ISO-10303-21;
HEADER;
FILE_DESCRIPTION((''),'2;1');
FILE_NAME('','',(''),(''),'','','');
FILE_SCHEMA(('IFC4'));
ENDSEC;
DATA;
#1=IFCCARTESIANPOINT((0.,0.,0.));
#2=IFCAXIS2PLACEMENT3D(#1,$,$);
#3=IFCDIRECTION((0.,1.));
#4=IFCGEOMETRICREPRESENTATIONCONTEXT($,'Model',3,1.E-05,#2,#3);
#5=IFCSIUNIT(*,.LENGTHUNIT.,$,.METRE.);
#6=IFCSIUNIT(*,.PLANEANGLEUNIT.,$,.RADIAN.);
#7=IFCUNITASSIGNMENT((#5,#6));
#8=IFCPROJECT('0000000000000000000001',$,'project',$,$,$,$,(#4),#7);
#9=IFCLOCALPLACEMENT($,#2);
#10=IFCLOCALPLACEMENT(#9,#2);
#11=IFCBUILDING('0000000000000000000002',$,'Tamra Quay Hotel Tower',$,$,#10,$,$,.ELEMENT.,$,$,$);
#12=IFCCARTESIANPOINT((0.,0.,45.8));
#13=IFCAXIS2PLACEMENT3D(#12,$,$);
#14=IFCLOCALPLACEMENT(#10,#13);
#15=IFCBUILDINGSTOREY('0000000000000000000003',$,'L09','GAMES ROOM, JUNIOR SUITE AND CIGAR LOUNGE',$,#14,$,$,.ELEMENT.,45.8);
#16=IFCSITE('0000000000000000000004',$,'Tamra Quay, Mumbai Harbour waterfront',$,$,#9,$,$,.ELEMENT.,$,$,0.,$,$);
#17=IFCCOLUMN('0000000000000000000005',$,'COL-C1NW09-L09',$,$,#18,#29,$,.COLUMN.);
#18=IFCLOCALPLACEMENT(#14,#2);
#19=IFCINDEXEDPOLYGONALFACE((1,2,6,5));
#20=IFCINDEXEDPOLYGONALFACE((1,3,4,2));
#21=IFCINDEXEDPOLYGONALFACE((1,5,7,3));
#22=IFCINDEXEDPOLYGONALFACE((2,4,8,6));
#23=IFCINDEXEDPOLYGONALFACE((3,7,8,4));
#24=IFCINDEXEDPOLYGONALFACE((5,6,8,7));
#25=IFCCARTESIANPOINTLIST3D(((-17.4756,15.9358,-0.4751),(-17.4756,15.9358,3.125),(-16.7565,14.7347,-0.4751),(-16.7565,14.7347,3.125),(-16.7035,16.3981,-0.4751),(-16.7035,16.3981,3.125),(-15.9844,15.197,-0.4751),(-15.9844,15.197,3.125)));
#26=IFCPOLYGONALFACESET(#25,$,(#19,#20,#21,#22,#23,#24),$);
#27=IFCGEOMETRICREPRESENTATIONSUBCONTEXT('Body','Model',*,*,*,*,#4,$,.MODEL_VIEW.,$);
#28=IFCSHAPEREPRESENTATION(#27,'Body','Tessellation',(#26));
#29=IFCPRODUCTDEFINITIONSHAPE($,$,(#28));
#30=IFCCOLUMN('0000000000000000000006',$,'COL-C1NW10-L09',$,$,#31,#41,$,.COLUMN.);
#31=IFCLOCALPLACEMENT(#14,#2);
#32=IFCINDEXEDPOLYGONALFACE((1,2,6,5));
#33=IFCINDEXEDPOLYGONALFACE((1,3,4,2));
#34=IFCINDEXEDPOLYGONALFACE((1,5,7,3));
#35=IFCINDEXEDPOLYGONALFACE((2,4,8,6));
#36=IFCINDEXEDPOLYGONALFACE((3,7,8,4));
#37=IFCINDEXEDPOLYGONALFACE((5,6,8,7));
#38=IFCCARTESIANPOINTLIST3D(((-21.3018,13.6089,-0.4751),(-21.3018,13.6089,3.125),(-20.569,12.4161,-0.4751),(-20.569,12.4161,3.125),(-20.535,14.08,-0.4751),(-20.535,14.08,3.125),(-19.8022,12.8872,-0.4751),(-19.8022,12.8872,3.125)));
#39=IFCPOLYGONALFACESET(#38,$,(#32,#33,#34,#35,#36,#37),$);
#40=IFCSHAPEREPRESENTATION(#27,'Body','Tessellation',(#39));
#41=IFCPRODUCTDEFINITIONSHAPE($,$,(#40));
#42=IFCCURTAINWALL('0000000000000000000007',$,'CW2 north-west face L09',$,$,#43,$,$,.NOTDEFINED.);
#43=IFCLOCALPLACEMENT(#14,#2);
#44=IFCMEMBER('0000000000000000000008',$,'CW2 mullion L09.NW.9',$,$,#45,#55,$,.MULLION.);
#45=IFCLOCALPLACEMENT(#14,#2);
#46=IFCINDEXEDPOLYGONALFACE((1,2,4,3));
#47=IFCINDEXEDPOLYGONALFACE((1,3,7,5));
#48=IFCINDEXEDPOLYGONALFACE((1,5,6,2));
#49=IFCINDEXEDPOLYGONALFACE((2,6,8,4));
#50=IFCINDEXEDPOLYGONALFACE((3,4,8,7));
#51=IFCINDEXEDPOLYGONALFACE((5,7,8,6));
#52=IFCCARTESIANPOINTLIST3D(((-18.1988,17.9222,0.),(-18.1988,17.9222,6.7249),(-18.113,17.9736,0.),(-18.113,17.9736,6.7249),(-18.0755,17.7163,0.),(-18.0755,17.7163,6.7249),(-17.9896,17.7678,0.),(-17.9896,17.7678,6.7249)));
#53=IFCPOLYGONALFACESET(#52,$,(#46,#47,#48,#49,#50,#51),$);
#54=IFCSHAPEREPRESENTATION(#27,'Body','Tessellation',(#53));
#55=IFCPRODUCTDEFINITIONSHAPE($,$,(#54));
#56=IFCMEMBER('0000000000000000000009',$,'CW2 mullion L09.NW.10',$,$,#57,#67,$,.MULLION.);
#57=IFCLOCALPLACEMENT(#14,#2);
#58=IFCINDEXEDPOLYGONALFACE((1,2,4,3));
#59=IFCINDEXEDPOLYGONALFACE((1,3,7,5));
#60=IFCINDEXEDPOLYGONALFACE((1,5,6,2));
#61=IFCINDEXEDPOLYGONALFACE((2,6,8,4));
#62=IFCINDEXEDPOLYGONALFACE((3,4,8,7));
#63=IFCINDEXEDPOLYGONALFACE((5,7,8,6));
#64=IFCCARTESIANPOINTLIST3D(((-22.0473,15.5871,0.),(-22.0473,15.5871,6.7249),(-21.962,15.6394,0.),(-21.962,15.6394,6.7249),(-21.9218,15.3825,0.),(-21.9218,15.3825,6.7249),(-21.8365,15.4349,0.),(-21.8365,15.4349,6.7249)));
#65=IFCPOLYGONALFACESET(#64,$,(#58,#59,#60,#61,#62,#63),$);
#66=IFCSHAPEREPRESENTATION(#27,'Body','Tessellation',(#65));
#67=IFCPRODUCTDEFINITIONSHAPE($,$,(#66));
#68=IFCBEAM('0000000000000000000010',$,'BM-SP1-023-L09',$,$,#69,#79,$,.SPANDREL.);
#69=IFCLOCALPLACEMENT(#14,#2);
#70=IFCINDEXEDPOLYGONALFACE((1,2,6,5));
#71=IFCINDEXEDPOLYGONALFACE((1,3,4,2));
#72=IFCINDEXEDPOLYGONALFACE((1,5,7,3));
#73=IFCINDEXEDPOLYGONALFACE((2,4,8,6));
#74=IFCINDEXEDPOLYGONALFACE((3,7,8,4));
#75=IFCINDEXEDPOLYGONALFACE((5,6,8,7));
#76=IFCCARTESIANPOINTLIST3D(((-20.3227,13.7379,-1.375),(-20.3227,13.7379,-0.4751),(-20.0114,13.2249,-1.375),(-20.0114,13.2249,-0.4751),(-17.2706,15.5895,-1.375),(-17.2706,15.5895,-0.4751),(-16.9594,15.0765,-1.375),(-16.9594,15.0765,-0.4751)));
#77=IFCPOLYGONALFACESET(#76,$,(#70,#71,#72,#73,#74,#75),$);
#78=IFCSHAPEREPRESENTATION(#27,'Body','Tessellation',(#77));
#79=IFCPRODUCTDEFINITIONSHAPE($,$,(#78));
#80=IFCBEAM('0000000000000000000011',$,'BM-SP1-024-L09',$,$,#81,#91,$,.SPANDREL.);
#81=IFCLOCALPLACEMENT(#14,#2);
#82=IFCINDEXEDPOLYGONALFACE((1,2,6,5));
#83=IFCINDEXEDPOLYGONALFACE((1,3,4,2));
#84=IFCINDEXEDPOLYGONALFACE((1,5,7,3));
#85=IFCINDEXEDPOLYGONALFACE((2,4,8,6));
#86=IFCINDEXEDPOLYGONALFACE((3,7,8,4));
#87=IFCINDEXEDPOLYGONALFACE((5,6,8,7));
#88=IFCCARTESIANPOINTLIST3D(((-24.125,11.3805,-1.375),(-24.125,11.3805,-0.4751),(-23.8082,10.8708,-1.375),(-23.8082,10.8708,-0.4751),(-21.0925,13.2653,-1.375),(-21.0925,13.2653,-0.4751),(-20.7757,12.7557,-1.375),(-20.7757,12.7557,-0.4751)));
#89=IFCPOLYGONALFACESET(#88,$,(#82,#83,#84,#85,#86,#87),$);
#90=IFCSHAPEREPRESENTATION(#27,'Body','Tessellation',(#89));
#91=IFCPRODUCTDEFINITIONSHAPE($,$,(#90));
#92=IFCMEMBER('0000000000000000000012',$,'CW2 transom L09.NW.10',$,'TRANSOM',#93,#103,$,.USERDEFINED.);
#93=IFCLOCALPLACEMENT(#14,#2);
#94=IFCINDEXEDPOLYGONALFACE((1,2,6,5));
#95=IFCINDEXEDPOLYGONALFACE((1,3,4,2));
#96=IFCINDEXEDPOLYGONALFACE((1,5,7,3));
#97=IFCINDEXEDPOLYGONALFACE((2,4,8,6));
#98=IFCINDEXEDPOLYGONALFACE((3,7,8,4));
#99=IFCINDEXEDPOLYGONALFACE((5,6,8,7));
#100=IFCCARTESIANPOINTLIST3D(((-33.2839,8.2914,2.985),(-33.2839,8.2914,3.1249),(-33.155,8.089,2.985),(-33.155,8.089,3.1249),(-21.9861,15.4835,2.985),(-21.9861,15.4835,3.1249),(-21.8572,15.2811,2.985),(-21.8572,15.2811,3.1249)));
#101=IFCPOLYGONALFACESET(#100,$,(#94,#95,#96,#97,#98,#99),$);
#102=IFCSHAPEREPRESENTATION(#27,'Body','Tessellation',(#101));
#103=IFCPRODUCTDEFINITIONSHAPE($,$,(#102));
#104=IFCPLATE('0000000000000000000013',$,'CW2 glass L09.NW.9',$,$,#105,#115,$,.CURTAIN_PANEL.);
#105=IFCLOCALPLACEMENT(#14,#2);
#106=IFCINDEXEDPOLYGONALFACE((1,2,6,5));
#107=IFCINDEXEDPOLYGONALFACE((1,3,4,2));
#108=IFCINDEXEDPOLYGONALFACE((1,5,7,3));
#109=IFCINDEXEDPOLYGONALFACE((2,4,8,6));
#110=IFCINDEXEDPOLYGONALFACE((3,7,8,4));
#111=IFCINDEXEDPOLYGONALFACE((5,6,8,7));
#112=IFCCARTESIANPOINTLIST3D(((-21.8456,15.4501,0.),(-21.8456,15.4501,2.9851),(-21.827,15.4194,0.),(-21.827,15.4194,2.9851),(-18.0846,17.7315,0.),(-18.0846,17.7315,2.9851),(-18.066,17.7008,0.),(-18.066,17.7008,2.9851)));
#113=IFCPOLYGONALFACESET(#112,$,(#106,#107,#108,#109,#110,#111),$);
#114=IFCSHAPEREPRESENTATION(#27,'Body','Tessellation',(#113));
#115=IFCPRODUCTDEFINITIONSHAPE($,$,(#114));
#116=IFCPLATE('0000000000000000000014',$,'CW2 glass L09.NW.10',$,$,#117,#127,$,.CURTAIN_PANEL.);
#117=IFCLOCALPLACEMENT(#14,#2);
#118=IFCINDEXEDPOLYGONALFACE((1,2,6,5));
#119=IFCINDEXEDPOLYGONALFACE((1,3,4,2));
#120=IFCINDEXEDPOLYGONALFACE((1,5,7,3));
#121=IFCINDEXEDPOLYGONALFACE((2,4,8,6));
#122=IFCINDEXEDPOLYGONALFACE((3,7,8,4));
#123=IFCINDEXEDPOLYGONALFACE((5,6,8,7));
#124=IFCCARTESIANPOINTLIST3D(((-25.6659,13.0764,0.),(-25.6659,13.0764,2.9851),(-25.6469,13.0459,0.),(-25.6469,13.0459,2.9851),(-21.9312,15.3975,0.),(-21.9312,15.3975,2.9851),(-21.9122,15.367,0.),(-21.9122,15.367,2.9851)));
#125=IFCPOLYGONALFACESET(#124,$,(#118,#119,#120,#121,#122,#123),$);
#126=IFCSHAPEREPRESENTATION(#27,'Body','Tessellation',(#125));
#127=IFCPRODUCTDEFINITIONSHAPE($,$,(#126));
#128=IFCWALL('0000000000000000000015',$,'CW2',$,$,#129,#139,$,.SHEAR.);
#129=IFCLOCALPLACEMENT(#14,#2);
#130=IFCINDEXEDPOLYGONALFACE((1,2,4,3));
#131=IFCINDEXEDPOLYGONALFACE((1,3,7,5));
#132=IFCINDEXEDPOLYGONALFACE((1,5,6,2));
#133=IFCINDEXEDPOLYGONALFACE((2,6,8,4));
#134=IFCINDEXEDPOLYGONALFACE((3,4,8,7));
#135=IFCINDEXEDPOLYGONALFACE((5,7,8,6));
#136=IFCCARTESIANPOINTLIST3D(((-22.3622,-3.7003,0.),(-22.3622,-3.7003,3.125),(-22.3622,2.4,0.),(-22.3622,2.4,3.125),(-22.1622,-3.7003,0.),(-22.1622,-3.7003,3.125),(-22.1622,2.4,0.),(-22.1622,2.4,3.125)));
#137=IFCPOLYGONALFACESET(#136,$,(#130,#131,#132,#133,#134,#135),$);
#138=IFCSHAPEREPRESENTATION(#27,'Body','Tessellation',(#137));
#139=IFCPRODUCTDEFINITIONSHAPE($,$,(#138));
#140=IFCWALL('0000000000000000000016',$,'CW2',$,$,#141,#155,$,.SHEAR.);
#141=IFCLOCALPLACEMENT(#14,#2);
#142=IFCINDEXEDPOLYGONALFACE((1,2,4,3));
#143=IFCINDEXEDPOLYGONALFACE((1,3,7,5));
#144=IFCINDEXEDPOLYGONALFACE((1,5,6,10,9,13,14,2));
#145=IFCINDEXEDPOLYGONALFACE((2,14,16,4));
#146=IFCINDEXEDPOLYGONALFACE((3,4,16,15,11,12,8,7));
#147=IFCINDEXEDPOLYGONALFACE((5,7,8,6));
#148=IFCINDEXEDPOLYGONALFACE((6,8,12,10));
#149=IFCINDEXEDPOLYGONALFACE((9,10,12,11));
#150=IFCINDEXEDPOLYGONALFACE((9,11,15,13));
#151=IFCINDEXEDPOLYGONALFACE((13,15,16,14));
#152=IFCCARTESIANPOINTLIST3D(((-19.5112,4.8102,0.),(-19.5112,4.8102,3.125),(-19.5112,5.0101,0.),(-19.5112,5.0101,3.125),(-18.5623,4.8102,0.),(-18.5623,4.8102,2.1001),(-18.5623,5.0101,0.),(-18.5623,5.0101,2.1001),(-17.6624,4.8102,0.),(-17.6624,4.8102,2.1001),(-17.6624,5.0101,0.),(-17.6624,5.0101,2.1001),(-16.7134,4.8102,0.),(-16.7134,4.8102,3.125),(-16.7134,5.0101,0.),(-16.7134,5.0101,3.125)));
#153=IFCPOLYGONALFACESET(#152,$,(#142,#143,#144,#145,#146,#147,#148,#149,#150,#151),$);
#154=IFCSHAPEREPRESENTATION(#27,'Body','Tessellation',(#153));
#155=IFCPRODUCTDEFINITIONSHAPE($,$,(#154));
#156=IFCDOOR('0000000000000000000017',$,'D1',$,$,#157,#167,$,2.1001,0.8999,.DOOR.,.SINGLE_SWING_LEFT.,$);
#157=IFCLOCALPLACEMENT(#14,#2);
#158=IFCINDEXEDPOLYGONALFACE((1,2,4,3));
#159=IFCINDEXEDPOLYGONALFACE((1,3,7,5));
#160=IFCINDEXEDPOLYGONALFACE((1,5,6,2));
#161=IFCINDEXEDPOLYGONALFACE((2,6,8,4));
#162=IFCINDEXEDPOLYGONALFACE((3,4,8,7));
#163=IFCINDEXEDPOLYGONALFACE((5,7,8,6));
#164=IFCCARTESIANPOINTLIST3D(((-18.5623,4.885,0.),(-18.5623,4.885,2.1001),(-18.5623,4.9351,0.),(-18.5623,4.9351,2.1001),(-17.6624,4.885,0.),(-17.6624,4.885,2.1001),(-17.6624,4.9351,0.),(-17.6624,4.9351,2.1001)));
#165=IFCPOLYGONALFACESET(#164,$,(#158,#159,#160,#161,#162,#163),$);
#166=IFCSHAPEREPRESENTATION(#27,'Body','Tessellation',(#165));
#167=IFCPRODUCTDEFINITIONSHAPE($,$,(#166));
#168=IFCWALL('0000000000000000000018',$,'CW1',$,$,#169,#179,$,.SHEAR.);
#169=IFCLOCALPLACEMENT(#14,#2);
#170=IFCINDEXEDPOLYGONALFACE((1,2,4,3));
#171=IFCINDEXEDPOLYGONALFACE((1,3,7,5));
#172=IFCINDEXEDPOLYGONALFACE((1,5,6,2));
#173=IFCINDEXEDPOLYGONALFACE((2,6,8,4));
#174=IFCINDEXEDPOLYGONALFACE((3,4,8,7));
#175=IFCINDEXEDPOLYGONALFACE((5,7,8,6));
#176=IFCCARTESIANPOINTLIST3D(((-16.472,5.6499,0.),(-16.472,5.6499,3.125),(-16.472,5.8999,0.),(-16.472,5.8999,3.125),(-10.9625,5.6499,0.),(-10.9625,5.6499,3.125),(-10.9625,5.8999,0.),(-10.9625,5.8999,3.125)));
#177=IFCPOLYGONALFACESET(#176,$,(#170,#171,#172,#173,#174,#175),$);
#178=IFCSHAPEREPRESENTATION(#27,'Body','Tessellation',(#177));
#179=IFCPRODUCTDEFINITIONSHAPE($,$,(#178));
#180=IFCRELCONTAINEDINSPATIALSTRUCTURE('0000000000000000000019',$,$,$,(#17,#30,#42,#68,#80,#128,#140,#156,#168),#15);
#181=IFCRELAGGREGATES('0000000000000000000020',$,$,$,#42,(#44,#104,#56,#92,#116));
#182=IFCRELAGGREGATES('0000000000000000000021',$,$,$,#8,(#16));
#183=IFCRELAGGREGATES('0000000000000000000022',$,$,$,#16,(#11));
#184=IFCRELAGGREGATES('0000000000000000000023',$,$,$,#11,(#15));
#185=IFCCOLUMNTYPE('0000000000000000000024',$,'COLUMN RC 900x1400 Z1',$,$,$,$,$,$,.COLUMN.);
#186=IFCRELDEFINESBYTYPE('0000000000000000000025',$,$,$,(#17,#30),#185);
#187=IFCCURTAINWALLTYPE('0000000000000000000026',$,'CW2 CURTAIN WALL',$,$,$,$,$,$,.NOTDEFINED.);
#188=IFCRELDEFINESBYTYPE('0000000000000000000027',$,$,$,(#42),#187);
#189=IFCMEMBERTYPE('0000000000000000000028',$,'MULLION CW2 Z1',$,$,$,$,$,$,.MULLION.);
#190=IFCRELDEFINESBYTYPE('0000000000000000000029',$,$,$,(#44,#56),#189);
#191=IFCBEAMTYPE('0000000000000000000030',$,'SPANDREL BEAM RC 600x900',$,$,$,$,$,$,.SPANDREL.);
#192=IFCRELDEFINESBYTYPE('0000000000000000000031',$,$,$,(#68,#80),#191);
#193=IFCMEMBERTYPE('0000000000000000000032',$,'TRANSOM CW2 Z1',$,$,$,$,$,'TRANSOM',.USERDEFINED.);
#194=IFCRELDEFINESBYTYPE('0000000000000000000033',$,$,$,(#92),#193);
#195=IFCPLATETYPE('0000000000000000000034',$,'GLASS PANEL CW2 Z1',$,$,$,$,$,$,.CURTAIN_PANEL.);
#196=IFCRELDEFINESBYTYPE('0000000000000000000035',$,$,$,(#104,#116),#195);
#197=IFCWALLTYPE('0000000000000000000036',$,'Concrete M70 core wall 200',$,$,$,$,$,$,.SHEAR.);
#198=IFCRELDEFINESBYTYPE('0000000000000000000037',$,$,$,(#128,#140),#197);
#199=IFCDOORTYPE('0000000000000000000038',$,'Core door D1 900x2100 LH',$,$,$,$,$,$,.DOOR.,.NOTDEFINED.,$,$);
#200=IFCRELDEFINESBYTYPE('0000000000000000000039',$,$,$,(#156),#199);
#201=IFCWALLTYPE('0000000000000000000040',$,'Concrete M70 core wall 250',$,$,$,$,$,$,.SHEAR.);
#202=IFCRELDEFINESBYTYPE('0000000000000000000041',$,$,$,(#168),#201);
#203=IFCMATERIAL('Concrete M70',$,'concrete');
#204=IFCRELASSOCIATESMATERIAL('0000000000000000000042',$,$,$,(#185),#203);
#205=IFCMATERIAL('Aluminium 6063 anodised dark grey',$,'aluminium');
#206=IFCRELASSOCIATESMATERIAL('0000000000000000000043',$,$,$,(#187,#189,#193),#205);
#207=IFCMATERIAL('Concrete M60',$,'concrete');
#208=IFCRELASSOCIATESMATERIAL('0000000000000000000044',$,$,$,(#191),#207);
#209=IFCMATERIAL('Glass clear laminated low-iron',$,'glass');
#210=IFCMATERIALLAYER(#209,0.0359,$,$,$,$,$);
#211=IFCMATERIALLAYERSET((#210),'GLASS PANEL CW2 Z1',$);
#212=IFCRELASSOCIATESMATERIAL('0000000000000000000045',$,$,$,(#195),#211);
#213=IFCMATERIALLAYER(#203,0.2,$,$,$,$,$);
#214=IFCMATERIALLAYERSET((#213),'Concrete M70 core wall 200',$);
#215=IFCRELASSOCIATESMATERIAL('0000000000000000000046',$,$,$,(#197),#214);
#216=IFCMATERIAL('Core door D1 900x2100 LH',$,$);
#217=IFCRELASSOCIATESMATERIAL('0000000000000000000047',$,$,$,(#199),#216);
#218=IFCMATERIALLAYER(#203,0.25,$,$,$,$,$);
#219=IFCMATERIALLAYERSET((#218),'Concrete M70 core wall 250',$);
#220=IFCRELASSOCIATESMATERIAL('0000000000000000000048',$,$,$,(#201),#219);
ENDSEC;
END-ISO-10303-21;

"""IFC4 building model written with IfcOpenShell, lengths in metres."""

from ifc_helpers import new_model, si_unit, direction, frame, frame_2d, origin, origin_2d, place, context, subcontext, project, spatial, rectangle, extrude, material, layer, layer_set, material_profile, profile_set, type_object, element, fill, aggregate, save


model = new_model("IFC4")

# Units and contexts
model_context = context("Model", 3, precision=1e-05, world=origin(), true_north=direction((0.0, 1.0)))
body_context = subcontext(model_context, "Body", "Model", "MODEL_VIEW")
ifc_project = project(units=[si_unit("LENGTHUNIT", "METRE"), si_unit("PLANEANGLEUNIT", "RADIAN")], contexts=[model_context])

# Site, building, storey
site_placement = place(None, origin())
site = spatial("IfcSite", under=ifc_project, at=site_placement, Name="Tamra Quay, Mumbai Harbour waterfront", CompositionType="ELEMENT", RefElevation=0.0)
building_placement = place(site_placement, origin())
building = spatial("IfcBuilding", under=site, at=building_placement, Name="Tamra Quay Hotel Tower", CompositionType="ELEMENT")
storey_placement = place(building_placement, frame((0.0, 0.0, 45.8)))
storey = spatial("IfcBuildingStorey", under=building, at=storey_placement, Name="L09", Description="GAMES ROOM, JUNIOR SUITE AND CIGAR LOUNGE", CompositionType="ELEMENT", Elevation=45.8)

# Columns
ifc_material_1 = material(Name="Concrete M70", Category="concrete")
ifc_material_profile_1 = material_profile(ifc_material_1, rectangle(XDim=1.3999, YDim=0.8999, at=origin_2d()), Name="COLUMN RC 900x1400 Z1")
ifc_profile_set_1 = profile_set([ifc_material_profile_1], Name="Concrete M70")
column_type = type_object("IfcColumnType", Name="COLUMN RC 900x1400 Z1", PredefinedType="COLUMN", material=ifc_profile_set_1)
for number, where, z_axis, x_axis, name in (
    (1, (-16.73, 15.5664, -0.4751), (0.0, 0.0, 1.0), (-0.513654, 0.857998, 0.0), "COL-C1NW09-L09"),
    (2, (-20.552, 13.248, -0.4751), (0.0, 0.0, 1.0), (-0.52343, 0.852069, 0.0), "COL-C1NW10-L09"),
):
    element("IfcColumn", number, at=place(storey_placement, frame(where, z_axis=z_axis, x_axis=x_axis)), inside=storey, type_object=column_type, Name=name, PredefinedType="COLUMN", context=body_context, shape_type="SweptSolid", body=[
        extrude(rectangle(XDim=1.3999, YDim=0.8999, at=origin_2d()), origin(), (0.0, 0.0, 1.0), 3.6001),
    ])

# Curtain wall, members
ifc_material_2 = material(Name="Aluminium 6063 anodised dark grey", Category="aluminium")
curtain_wall_type = type_object("IfcCurtainWallType", Name="CW2 CURTAIN WALL", PredefinedType="NOTDEFINED", material=ifc_material_2)
curtain_wall_placement = place(storey_placement, origin())
curtain_wall = element("IfcCurtainWall", 3, at=curtain_wall_placement, inside=storey, type_object=curtain_wall_type, Name="CW2 north-west face L09", PredefinedType="NOTDEFINED")
ifc_material_profile_2 = material_profile(ifc_material_2, rectangle(XDim=0.24, YDim=0.1001, at=origin_2d()), Name="MULLION 100X240")
ifc_profile_set_2 = profile_set([ifc_material_profile_2], Name="Aluminium 6063 anodised dark grey")
member_type_1 = type_object("IfcMemberType", Name="MULLION CW2 Z1", PredefinedType="MULLION", material=ifc_profile_set_2)
member_1_placement = place(storey_placement, frame((-18.0942, 17.845, 0.0), z_axis=(0.0, 0.0, 1.0), x_axis=(-0.514004, 0.857788, 0.0)))
member_1 = element("IfcMember", 4, at=member_1_placement, type_object=member_type_1, Name="CW2 mullion L09.NW.9", PredefinedType="MULLION", context=body_context, shape_type="SweptSolid", body=[
    extrude(rectangle(XDim=0.24, YDim=0.1001, at=origin_2d()), origin(), (0.0, 0.0, 1.0), 6.7249),
])
member_2_placement = place(storey_placement, frame((-21.9419, 15.511, 0.0), z_axis=(0.0, 0.0, 1.0), x_axis=(-0.523257, 0.852175, 0.0)))
member_2 = element("IfcMember", 5, at=member_2_placement, type_object=member_type_1, Name="CW2 mullion L09.NW.10", PredefinedType="MULLION", context=body_context, shape_type="SweptSolid", body=[
    extrude(rectangle(XDim=0.24, YDim=0.1001, at=origin_2d()), origin(), (0.0, 0.0, 1.0), 6.7249),
])

# Beams
ifc_material_3 = material(Name="Concrete M60", Category="concrete")
ifc_material_profile_3 = material_profile(ifc_material_3, rectangle(XDim=0.6001, YDim=0.8999, at=origin_2d()), Name="SPANDREL BEAM RC 600x900")
ifc_profile_set_3 = profile_set([ifc_material_profile_3], Name="Concrete M60")
beam_type = type_object("IfcBeamType", Name="SPANDREL BEAM RC 600x900", PredefinedType="SPANDREL", material=ifc_profile_set_3)
beam_1_placement = place(storey_placement, frame((-17.115, 15.333, -0.925), z_axis=(-0.854966, -0.518684, 0.0), x_axis=(0.518684, -0.854966, 0.0)))
element("IfcBeam", 6, at=beam_1_placement, inside=storey, type_object=beam_type, Name="BM-SP1-023-L09", PredefinedType="SPANDREL", context=body_context, shape_type="SweptSolid", body=[
    extrude(rectangle(XDim=0.6001, YDim=0.8999, at=origin_2d()), origin(), (0.0, 0.0, 1.0), 3.5698),
])
beam_2_placement = place(storey_placement, frame((-20.9341, 13.0105, -0.925), z_axis=(-0.849321, -0.527877, 0.0), x_axis=(0.527877, -0.849321, 0.0)))
element("IfcBeam", 7, at=beam_2_placement, inside=storey, type_object=beam_type, Name="BM-SP1-024-L09", PredefinedType="SPANDREL", context=body_context, shape_type="SweptSolid", body=[
    extrude(rectangle(XDim=0.6001, YDim=0.8999, at=origin_2d()), origin(), (0.0, 0.0, 1.0), 3.5706),
])

# Member
ifc_material_profile_4 = material_profile(ifc_material_2, rectangle(XDim=0.24, YDim=0.1399, at=origin_2d()), Name="TRANSOM 240X140")
ifc_profile_set_4 = profile_set([ifc_material_profile_4], Name="Aluminium 6063 anodised dark grey")
member_type_2 = type_object("IfcMemberType", Name="TRANSOM CW2 Z1", ElementType="TRANSOM", PredefinedType="USERDEFINED", material=ifc_profile_set_4)
member_3_placement = place(storey_placement, frame((-21.9216, 15.3823, 3.0549), z_axis=(-0.843574, -0.537013, 0.0), x_axis=(0.537013, -0.843574, 0.0)))
member_3 = element("IfcMember", 8, at=member_3_placement, type_object=member_type_2, Name="CW2 transom L09.NW.10", ObjectType="TRANSOM", PredefinedType="USERDEFINED", context=body_context, shape_type="SweptSolid", body=[
    extrude(rectangle(XDim=0.24, YDim=0.1399, at=origin_2d()), origin(), (0.0, 0.0, 1.0), 13.3928),
])

# Plates
ifc_material_4 = material(Name="Glass clear laminated low-iron", Category="glass")
ifc_layer_1 = layer(ifc_material_4, 0.0359)
ifc_layer_set_1 = layer_set([ifc_layer_1], Name="GLASS PANEL CW2 Z1")
plate_type = type_object("IfcPlateType", Name="GLASS PANEL CW2 Z1", PredefinedType="CURTAIN_PANEL", material=ifc_layer_set_1)
plate_1_placement = place(storey_placement, frame((-19.9558, 16.5754, 0.0), z_axis=(0.0, 0.0, 1.0), x_axis=(-0.854994, -0.518639, 0.0)))
plate_1 = element("IfcPlate", 9, at=plate_1_placement, type_object=plate_type, Name="CW2 glass L09.NW.9", PredefinedType="CURTAIN_PANEL", context=body_context, shape_type="SweptSolid", body=[
    extrude(rectangle(XDim=4.3989, YDim=0.0359, at=origin_2d()), origin(), (0.0, 0.0, 1.0), 2.9851),
])
plate_2_placement = place(storey_placement, frame((-23.7891, 14.2217, 0.0), z_axis=(0.0, 0.0, 1.0), x_axis=(-0.849331, -0.52786, 0.0)))
plate_2 = element("IfcPlate", 10, at=plate_2_placement, type_object=plate_type, Name="CW2 glass L09.NW.10", PredefinedType="CURTAIN_PANEL", context=body_context, shape_type="SweptSolid", body=[
    extrude(rectangle(XDim=4.3972, YDim=0.0359, at=origin_2d()), origin(), (0.0, 0.0, 1.0), 2.9851),
])
aggregate(curtain_wall, [member_1, plate_1, member_2, member_3, plate_2])

# Wall
ifc_layer_2 = layer(ifc_material_1, 0.2)
ifc_layer_set_2 = layer_set([ifc_layer_2], Name="Concrete M70 core wall 200")
wall_type_1 = type_object("IfcWallType", Name="Concrete M70 core wall 200", PredefinedType="SHEAR", material=ifc_layer_set_2)
wall_1_placement = place(storey_placement, frame((-22.2622, 2.4001, 0.0), z_axis=(0.0, 0.0, 1.0), x_axis=(0.0, -1.0, 0.0)))
element("IfcWall", 11, at=wall_1_placement, inside=storey, type_object=wall_type_1, Name="CW2", PredefinedType="SHEAR", context=body_context, shape_type="SweptSolid", body=[
    extrude(rectangle(XDim=6.1003, YDim=0.2, at=frame_2d((3.0503, 0.0))), origin(), (0.0, 0.0, 1.0), 3.125),
])

# Wall, opening, door
wall_2_placement = place(storey_placement, frame((-19.5112, 4.9102, 0.0), z_axis=(0.0, 0.0, 1.0), x_axis=(1.0, 0.0, 0.0)))
wall_2 = element("IfcWall", 12, at=wall_2_placement, inside=storey, type_object=wall_type_1, Name="CW2", PredefinedType="SHEAR", context=body_context, shape_type="SweptSolid", body=[
    extrude(rectangle(XDim=2.7979, YDim=0.2, at=frame_2d((1.3989, 0.0))), origin(), (0.0, 0.0, 1.0), 3.125),
])
opening_1_placement = place(wall_2_placement, frame((0.949, 0.0, 0.0)))
opening_1 = element("IfcOpeningElement", 13, at=opening_1_placement, cuts=wall_2, PredefinedType="OPENING", context=body_context, shape_type="SweptSolid", body=[
    extrude(rectangle(XDim=0.8999, YDim=2.1001, at=frame_2d((0.45, 1.05))), frame((0.0, 0.1099, 0.0), z_axis=(0.0, -1.0, 0.0), x_axis=(1.0, 0.0, 0.0)), (0.0, 0.0, 1.0), 0.22),
])
ifc_material_5 = material(Name="Core door D1 900x2100 LH")
door_type_1 = type_object("IfcDoorType", Name="Core door D1 900x2100 LH", OperationType="NOTDEFINED", PredefinedType="DOOR", material=ifc_material_5)
door_1_placement = place(opening_1_placement, origin())
door_1 = element("IfcDoor", 14, at=door_1_placement, inside=storey, type_object=door_type_1, Name="D1", OperationType="SINGLE_SWING_LEFT", OverallHeight=2.1001, OverallWidth=0.8999, PredefinedType="DOOR", context=body_context, shape_type="SweptSolid", body=[
    extrude(rectangle(XDim=0.8999, YDim=2.1001, at=frame_2d((0.45, 1.05))), frame((0.0, 0.0249, 0.0), z_axis=(0.0, -1.0, 0.0), x_axis=(1.0, 0.0, 0.0)), (0.0, 0.0, 1.0), 0.05),
])
fill(opening_1, door_1)

# Wall
ifc_layer_3 = layer(ifc_material_1, 0.25)
ifc_layer_set_3 = layer_set([ifc_layer_3], Name="Concrete M70 core wall 250")
wall_type_2 = type_object("IfcWallType", Name="Concrete M70 core wall 250", PredefinedType="SHEAR", material=ifc_layer_set_3)
wall_3_placement = place(storey_placement, frame((-16.4722, 5.7749, 0.0), z_axis=(0.0, 0.0, 1.0), x_axis=(1.0, 0.0, 0.0)))
element("IfcWall", 15, at=wall_3_placement, inside=storey, type_object=wall_type_2, Name="CW1", PredefinedType="SHEAR", context=body_context, shape_type="SweptSolid", body=[
    extrude(rectangle(XDim=5.5095, YDim=0.25, at=frame_2d((2.7549, 0.0))), origin(), (0.0, 0.0, 1.0), 3.125),
])

save(model, "model.ifc")
